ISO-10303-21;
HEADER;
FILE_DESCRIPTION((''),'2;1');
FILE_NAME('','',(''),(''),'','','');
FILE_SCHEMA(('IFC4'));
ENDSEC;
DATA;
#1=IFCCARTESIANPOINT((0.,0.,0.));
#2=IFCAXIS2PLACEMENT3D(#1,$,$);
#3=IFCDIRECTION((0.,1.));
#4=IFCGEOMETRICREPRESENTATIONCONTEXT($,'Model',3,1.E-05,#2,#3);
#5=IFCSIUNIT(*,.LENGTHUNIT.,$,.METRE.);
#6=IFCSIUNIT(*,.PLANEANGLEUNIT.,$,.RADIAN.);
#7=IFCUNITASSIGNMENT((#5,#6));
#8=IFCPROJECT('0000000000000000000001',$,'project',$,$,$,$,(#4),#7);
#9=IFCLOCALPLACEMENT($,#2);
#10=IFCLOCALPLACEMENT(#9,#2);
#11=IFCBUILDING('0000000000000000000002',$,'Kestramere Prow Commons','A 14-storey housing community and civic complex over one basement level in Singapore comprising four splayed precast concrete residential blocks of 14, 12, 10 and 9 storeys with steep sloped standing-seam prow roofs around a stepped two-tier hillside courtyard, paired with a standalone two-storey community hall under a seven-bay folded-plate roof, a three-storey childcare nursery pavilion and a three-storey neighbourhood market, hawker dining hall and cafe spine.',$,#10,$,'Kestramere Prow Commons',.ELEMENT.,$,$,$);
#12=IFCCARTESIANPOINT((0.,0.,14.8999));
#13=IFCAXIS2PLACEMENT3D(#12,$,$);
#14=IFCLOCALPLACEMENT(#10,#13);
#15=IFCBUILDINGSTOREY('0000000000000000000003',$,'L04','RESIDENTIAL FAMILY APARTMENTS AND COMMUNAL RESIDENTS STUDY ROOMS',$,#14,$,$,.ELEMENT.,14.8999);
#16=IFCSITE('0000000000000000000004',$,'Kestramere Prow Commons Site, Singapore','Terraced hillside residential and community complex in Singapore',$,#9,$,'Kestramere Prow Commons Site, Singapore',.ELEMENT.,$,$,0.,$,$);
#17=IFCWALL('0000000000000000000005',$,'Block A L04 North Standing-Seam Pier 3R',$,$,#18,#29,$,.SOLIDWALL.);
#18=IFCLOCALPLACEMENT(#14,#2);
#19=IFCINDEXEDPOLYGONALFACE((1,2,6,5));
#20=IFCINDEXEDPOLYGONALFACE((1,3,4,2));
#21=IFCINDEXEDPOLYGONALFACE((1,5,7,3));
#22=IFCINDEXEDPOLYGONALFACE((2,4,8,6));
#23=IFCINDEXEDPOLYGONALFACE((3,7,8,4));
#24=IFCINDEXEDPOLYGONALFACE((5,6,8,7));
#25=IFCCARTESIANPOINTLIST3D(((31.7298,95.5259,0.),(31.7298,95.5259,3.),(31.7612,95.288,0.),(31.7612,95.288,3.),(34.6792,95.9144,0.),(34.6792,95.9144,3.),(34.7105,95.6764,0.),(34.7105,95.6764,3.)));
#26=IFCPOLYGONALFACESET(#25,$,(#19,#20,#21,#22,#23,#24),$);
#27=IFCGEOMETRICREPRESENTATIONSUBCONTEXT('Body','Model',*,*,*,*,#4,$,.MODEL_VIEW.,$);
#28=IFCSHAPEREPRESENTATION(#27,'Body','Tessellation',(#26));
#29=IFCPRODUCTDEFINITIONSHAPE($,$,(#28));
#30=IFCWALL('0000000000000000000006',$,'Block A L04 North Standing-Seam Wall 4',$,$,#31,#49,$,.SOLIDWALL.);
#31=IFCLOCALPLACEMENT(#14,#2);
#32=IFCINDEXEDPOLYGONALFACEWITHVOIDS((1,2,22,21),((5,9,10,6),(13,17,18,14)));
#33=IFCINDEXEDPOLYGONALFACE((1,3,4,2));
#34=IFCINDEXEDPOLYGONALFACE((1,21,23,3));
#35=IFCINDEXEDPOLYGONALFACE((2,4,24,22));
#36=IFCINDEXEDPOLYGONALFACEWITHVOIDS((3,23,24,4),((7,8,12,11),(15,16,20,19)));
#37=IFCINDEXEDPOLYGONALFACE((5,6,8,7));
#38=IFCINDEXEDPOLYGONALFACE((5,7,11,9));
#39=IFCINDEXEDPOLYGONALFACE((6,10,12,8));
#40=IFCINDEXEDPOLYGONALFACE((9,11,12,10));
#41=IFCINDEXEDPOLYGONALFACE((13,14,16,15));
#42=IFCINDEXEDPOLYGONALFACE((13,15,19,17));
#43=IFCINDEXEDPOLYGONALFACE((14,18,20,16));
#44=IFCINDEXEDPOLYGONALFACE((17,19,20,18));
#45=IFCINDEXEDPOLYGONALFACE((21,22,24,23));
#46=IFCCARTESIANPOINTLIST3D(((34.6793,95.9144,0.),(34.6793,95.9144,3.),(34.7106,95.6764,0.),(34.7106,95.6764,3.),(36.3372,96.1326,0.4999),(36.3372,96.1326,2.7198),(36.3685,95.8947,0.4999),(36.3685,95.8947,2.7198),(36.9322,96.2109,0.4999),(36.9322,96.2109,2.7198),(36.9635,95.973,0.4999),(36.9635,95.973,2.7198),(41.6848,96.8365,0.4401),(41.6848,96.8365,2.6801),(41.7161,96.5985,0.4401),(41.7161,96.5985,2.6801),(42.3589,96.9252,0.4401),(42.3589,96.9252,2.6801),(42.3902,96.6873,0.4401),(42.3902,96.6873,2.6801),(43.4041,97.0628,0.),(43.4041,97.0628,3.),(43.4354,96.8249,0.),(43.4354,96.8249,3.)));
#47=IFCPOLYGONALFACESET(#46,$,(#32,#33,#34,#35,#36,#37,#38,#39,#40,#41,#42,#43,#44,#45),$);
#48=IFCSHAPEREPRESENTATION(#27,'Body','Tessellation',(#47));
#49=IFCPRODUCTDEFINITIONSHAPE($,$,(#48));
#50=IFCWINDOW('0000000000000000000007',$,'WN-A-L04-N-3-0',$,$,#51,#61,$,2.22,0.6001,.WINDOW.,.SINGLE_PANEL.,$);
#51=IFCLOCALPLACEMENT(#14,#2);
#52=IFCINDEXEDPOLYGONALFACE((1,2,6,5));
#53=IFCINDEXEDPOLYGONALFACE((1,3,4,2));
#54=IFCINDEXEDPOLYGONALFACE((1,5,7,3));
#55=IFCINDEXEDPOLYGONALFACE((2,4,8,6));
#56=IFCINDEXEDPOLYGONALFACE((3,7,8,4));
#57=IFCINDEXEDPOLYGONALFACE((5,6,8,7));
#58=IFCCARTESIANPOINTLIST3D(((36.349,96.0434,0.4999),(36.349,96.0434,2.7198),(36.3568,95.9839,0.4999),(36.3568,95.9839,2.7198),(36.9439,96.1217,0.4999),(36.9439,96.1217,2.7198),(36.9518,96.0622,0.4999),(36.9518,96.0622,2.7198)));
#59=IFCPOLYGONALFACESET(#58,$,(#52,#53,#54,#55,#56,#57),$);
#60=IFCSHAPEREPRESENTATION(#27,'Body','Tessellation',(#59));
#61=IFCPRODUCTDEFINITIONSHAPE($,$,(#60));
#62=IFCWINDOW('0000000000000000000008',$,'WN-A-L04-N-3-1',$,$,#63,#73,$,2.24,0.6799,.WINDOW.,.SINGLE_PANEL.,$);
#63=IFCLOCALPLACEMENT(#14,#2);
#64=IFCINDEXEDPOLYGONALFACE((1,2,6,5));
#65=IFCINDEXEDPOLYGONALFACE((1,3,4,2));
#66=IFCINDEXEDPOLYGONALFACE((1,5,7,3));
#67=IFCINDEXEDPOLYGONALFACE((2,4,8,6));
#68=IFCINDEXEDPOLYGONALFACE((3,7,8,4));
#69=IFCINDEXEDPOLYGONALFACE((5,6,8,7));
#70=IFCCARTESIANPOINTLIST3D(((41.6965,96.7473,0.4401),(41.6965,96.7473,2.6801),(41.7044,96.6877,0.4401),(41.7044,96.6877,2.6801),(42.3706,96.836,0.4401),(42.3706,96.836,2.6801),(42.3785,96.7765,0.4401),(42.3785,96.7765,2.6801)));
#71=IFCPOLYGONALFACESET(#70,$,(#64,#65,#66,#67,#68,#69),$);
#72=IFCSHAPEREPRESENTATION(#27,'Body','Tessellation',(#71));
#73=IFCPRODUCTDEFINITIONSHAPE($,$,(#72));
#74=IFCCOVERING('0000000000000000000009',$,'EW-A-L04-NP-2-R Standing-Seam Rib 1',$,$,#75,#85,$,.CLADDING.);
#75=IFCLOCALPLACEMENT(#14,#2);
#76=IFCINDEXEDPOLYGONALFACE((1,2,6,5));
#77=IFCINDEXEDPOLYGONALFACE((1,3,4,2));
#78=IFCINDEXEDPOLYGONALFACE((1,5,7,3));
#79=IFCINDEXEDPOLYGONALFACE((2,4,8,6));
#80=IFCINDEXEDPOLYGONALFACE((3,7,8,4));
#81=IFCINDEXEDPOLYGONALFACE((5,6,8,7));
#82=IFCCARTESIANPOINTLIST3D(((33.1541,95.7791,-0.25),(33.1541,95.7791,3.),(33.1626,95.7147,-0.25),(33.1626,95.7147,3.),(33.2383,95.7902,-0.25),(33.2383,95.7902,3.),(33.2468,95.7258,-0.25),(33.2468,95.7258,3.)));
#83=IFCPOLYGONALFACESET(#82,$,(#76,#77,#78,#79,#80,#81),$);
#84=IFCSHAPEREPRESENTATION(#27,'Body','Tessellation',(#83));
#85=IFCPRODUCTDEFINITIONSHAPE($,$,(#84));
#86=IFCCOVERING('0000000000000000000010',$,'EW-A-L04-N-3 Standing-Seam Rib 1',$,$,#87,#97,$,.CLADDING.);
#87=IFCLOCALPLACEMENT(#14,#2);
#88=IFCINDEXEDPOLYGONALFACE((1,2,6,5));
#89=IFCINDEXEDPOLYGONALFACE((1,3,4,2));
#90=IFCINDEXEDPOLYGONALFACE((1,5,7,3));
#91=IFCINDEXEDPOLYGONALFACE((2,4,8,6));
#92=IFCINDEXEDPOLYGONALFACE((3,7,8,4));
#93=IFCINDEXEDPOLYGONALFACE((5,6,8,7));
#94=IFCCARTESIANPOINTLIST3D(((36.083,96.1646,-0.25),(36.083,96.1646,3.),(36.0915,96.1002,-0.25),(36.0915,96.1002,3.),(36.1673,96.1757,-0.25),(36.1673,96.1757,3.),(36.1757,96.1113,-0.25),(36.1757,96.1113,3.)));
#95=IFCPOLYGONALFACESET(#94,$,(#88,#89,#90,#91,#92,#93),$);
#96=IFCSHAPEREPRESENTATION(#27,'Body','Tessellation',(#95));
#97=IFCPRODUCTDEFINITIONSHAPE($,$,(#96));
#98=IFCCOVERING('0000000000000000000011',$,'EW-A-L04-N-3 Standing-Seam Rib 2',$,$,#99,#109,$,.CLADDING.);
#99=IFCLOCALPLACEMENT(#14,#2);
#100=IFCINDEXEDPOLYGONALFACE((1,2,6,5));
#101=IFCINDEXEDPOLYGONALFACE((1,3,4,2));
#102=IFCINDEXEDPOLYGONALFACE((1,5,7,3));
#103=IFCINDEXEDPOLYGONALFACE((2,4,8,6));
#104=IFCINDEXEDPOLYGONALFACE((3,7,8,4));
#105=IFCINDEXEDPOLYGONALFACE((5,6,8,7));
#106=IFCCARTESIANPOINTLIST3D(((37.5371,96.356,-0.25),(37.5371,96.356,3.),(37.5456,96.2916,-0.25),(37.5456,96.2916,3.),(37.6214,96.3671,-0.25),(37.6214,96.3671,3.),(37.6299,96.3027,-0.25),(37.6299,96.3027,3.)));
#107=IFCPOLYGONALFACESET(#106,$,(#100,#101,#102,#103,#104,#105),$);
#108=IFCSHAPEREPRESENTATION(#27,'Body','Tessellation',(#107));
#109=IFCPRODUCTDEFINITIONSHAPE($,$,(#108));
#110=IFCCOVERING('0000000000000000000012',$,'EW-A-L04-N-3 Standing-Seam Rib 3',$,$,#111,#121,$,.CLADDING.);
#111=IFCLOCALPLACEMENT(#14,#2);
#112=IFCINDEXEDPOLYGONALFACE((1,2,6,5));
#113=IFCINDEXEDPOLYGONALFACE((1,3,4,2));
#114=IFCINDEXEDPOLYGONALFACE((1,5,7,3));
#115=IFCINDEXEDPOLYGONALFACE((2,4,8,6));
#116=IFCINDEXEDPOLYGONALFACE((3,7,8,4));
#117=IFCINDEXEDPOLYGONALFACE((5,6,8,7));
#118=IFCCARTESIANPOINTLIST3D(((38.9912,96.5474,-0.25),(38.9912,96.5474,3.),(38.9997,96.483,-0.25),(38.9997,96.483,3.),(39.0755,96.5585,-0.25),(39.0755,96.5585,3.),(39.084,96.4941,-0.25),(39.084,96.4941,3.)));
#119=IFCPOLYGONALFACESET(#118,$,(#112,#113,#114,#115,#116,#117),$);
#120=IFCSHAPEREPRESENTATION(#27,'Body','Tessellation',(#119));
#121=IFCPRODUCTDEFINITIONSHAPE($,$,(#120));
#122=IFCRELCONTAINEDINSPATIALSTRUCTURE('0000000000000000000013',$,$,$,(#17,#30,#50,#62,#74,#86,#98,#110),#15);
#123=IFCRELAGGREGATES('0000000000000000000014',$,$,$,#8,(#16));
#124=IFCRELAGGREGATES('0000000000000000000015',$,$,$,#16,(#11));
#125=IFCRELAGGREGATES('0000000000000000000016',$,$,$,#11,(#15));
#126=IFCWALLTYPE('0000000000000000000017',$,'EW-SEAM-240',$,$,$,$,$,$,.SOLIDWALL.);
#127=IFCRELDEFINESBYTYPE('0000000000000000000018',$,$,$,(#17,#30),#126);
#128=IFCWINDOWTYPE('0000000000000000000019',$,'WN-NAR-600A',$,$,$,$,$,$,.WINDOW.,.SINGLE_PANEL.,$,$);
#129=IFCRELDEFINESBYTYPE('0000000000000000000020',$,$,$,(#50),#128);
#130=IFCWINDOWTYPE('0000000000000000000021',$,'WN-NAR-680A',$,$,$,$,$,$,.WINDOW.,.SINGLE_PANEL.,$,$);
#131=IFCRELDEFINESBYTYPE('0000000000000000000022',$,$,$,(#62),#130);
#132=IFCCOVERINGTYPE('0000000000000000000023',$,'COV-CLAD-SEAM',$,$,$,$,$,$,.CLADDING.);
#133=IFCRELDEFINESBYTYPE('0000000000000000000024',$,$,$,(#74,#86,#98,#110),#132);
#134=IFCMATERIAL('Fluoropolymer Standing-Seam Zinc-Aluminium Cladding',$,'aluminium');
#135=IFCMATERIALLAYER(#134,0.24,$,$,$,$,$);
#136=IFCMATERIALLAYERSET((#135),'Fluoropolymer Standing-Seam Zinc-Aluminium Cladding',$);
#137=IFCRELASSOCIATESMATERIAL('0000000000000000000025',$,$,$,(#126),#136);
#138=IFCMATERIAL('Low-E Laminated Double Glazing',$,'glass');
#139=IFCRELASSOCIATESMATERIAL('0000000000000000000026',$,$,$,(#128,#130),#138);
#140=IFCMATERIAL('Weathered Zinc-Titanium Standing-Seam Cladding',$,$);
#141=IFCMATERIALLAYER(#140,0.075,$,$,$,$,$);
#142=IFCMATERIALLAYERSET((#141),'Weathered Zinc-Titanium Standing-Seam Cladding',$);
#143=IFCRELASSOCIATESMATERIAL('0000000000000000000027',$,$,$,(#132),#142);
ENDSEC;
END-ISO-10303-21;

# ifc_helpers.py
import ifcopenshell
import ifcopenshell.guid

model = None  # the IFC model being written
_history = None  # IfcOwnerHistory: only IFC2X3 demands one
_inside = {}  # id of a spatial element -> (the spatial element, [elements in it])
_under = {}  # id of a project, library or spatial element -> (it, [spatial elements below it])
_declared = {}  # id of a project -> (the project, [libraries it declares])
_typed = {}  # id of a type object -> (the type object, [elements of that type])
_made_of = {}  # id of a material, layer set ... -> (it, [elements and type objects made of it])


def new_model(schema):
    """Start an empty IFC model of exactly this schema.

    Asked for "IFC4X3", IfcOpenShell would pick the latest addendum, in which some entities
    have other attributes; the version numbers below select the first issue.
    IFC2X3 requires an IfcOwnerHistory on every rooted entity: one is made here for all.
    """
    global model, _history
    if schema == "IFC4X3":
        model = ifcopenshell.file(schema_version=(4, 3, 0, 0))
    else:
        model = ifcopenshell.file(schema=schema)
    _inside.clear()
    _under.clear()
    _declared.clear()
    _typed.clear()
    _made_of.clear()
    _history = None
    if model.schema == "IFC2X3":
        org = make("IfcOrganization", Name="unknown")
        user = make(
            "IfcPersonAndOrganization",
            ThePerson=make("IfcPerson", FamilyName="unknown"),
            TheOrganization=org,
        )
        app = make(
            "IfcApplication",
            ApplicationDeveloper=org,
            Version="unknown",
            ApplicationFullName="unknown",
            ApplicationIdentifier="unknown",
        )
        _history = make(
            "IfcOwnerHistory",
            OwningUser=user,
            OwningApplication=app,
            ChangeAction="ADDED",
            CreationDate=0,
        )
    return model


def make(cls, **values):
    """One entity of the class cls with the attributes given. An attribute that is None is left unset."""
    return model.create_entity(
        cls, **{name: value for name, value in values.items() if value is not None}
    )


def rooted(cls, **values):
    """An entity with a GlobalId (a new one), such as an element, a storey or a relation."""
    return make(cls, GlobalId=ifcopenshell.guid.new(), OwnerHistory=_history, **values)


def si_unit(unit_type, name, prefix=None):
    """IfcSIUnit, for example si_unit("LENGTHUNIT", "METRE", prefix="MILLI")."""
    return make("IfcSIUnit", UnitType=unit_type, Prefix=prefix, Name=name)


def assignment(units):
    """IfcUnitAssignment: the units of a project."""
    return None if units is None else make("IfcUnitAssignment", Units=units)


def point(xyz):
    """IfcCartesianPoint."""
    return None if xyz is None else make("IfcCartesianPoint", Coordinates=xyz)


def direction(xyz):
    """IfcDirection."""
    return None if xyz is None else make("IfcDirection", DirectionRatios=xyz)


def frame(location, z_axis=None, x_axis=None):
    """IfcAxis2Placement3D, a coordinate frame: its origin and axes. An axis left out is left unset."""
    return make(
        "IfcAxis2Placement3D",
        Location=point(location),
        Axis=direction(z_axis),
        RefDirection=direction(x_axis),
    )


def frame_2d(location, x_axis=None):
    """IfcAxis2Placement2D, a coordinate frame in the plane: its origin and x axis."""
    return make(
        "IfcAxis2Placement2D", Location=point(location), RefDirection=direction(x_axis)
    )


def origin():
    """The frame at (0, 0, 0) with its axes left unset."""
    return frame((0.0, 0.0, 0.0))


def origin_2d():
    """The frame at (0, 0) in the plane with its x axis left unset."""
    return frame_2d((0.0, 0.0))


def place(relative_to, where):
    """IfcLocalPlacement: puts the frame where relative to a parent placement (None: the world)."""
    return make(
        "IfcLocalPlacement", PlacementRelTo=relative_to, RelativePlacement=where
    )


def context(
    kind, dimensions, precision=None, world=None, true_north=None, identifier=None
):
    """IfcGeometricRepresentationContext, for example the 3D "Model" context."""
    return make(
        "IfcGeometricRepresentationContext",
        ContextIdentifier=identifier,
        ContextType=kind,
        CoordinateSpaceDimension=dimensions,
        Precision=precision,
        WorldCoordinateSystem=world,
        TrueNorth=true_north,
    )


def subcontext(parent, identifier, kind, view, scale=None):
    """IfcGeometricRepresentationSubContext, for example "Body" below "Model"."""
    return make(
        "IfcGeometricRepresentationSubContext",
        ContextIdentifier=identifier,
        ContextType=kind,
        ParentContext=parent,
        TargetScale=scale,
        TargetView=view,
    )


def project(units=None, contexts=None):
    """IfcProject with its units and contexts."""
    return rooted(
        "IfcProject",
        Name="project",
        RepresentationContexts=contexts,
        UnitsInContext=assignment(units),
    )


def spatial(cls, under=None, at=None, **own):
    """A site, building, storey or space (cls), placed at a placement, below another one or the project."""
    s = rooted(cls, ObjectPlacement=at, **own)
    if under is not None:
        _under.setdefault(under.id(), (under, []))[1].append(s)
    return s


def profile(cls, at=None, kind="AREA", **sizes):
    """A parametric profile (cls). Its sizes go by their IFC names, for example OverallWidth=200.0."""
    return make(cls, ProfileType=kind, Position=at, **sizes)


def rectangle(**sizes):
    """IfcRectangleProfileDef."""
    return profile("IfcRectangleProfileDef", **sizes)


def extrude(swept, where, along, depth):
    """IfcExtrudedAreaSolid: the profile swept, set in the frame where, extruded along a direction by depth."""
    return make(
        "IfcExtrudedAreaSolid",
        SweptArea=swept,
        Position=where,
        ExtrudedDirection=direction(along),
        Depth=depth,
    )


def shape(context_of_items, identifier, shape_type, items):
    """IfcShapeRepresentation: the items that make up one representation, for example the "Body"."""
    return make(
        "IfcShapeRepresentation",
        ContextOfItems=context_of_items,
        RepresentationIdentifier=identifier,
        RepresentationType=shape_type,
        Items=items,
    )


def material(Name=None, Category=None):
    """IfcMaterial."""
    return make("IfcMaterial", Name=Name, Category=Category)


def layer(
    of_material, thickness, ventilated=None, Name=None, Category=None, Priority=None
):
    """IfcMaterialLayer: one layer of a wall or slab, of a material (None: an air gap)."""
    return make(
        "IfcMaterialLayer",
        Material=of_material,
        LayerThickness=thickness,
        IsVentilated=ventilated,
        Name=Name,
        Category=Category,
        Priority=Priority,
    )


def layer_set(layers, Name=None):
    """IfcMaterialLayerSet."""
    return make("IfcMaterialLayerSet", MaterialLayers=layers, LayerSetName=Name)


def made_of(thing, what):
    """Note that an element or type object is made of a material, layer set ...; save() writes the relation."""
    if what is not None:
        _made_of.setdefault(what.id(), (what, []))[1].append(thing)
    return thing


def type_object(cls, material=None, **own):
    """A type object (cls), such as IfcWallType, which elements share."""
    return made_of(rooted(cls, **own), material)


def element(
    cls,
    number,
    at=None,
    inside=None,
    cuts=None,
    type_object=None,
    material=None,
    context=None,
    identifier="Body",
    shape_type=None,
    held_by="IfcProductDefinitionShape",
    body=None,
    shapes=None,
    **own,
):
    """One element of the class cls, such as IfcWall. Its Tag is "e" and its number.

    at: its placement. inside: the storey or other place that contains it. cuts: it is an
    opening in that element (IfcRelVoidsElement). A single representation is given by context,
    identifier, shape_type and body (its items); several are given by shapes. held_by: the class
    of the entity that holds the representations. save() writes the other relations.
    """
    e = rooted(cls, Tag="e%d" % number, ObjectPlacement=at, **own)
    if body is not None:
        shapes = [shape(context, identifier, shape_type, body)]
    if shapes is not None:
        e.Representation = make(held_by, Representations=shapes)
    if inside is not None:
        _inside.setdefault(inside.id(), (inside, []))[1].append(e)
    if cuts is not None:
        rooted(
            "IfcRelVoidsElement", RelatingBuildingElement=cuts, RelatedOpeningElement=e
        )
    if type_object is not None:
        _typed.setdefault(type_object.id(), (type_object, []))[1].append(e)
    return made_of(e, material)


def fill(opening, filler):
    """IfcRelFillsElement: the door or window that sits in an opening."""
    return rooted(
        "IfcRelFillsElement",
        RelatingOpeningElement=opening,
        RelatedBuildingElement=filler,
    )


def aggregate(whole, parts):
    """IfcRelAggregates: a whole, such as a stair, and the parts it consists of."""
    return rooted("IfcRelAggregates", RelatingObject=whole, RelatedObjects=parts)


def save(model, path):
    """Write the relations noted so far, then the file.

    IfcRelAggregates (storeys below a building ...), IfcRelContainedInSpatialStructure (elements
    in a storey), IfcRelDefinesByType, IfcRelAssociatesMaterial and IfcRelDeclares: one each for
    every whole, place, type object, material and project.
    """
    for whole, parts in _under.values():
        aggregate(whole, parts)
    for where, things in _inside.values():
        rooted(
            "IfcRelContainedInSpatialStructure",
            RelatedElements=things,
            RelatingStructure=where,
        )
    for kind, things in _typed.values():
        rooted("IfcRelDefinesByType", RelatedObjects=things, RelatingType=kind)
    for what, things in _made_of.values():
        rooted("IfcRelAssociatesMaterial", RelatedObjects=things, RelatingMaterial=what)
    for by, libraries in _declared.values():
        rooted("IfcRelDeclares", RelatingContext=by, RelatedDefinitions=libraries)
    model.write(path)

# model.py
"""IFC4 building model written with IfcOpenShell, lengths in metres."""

from ifc_helpers import new_model, si_unit, direction, frame, frame_2d, origin, origin_2d, place, context, subcontext, project, spatial, rectangle, extrude, material, layer, layer_set, type_object, element, fill, save


model = new_model("IFC4")

# Units and contexts
model_context = context("Model", 3, precision=1e-05, world=origin(), true_north=direction((0.0, 1.0)))
body_context = subcontext(model_context, "Body", "Model", "MODEL_VIEW")
ifc_project = project(units=[si_unit("LENGTHUNIT", "METRE"), si_unit("PLANEANGLEUNIT", "RADIAN")], contexts=[model_context])

# Site, building, storey
site_placement = place(None, origin())
site = spatial("IfcSite", under=ifc_project, at=site_placement, Name="Kestramere Prow Commons Site, Singapore", Description="Terraced hillside residential and community complex in Singapore", LongName="Kestramere Prow Commons Site, Singapore", CompositionType="ELEMENT", RefElevation=0.0)
building_placement = place(site_placement, origin())
building = spatial("IfcBuilding", under=site, at=building_placement, Name="Kestramere Prow Commons", Description="A 14-storey housing community and civic complex over one basement level in Singapore comprising four splayed precast concrete residential blocks of 14, 12, 10 and 9 storeys with steep sloped standing-seam prow roofs around a stepped two-tier hillside courtyard, paired with a standalone two-storey community hall under a seven-bay folded-plate roof, a three-storey childcare nursery pavilion and a three-storey neighbourhood market, hawker dining hall and cafe spine.", LongName="Kestramere Prow Commons", CompositionType="ELEMENT")
storey_placement = place(building_placement, frame((0.0, 0.0, 14.8999)))
storey = spatial("IfcBuildingStorey", under=building, at=storey_placement, Name="L04", Description="RESIDENTIAL FAMILY APARTMENTS AND COMMUNAL RESIDENTS STUDY ROOMS", CompositionType="ELEMENT", Elevation=14.8999)

# Shared definitions
ifc_material_1 = material(Name="Low-E Laminated Double Glazing", Category="glass")

# Wall
ifc_material_2 = material(Name="Fluoropolymer Standing-Seam Zinc-Aluminium Cladding", Category="aluminium")
ifc_layer_1 = layer(ifc_material_2, 0.24)
ifc_layer_set_1 = layer_set([ifc_layer_1], Name="Fluoropolymer Standing-Seam Zinc-Aluminium Cladding")
wall_type = type_object("IfcWallType", Name="EW-SEAM-240", PredefinedType="SOLIDWALL", material=ifc_layer_set_1)
wall_1_placement = place(storey_placement, frame((31.7456, 95.407, 0.0), z_axis=(0.0, 0.0, 1.0), x_axis=(0.991439, 0.130567, 0.0)))
element("IfcWall", 1, at=wall_1_placement, inside=storey, type_object=wall_type, Name="Block A L04 North Standing-Seam Pier 3R", PredefinedType="SOLIDWALL", context=body_context, shape_type="SweptSolid", body=[
    extrude(rectangle(XDim=2.9749, YDim=0.24, at=frame_2d((1.4873, 0.0))), origin(), (0.0, 0.0, 1.0), 3.0),
])

# Wall, openings, windows
wall_2_placement = place(storey_placement, frame((34.6951, 95.7954, 0.0), z_axis=(0.0, 0.0, 1.0), x_axis=(0.991448, 0.130503, 0.0)))
wall_2 = element("IfcWall", 2, at=wall_2_placement, inside=storey, type_object=wall_type, Name="Block A L04 North Standing-Seam Wall 4", PredefinedType="SOLIDWALL", context=body_context, shape_type="SweptSolid", body=[
    extrude(rectangle(XDim=8.8, YDim=0.24, at=frame_2d((4.3999, 0.0))), origin(), (0.0, 0.0, 1.0), 3.0),
])
opening_1_placement = place(wall_2_placement, frame((1.6721, 0.0, 0.5)))
opening_1 = element("IfcOpeningElement", 3, at=opening_1_placement, cuts=wall_2, PredefinedType="OPENING", context=body_context, shape_type="SweptSolid", body=[
    extrude(rectangle(XDim=0.6001, YDim=2.22, at=frame_2d((0.3, 1.1099))), frame((0.0, 0.135, 0.0), z_axis=(0.0, -1.0, 0.0), x_axis=(1.0, 0.0, 0.0)), (0.0, 0.0, 1.0), 0.27),
])
opening_2_placement = place(wall_2_placement, frame((7.0659, 0.0, 0.4399)))
opening_2 = element("IfcOpeningElement", 4, at=opening_2_placement, cuts=wall_2, PredefinedType="OPENING", context=body_context, shape_type="SweptSolid", body=[
    extrude(rectangle(XDim=0.6799, YDim=2.24, at=frame_2d((0.3398, 1.1201))), frame((0.0, 0.135, 0.0), z_axis=(0.0, -1.0, 0.0), x_axis=(1.0, 0.0, 0.0)), (0.0, 0.0, 1.0), 0.27),
])
window_type_1 = type_object("IfcWindowType", Name="WN-NAR-600A", PartitioningType="SINGLE_PANEL", PredefinedType="WINDOW", material=ifc_material_1)
window_1_placement = place(opening_1_placement, origin())
window_1 = element("IfcWindow", 5, at=window_1_placement, inside=storey, type_object=window_type_1, Name="WN-A-L04-N-3-0", OverallHeight=2.22, OverallWidth=0.6001, PartitioningType="SINGLE_PANEL", PredefinedType="WINDOW", context=body_context, shape_type="SweptSolid", body=[
    extrude(rectangle(XDim=0.6001, YDim=2.22, at=frame_2d((0.3, 1.1099))), frame((0.0, 0.03, 0.0), z_axis=(0.0, -1.0, 0.0), x_axis=(1.0, 0.0, 0.0)), (0.0, 0.0, 1.0), 0.0601),
])
fill(opening_1, window_1)
window_type_2 = type_object("IfcWindowType", Name="WN-NAR-680A", PartitioningType="SINGLE_PANEL", PredefinedType="WINDOW", material=ifc_material_1)
window_2_placement = place(opening_2_placement, origin())
window_2 = element("IfcWindow", 6, at=window_2_placement, inside=storey, type_object=window_type_2, Name="WN-A-L04-N-3-1", OverallHeight=2.24, OverallWidth=0.6799, PartitioningType="SINGLE_PANEL", PredefinedType="WINDOW", context=body_context, shape_type="SweptSolid", body=[
    extrude(rectangle(XDim=0.6799, YDim=2.24, at=frame_2d((0.3398, 1.1201))), frame((0.0, 0.03, 0.0), z_axis=(0.0, -1.0, 0.0), x_axis=(1.0, 0.0, 0.0)), (0.0, 0.0, 1.0), 0.0601),
])
fill(opening_2, window_2)

# Coverings
ifc_material_3 = material(Name="Weathered Zinc-Titanium Standing-Seam Cladding")
ifc_layer_2 = layer(ifc_material_3, 0.075)
ifc_layer_set_2 = layer_set([ifc_layer_2], Name="Weathered Zinc-Titanium Standing-Seam Cladding")
covering_type = type_object("IfcCoveringType", Name="COV-CLAD-SEAM", PredefinedType="CLADDING", material=ifc_layer_set_2)
for number, where, z_axis, x_axis, name in (
    (7, (33.2004, 95.7524, -0.25), (0.0, 0.0, 1.0), (0.991445, 0.130526, 0.0), "EW-A-L04-NP-2-R Standing-Seam Rib 1"),
    (8, (36.1294, 96.1379, -0.25), (0.0, 0.0, 1.0), (0.991445, 0.130526, 0.0), "EW-A-L04-N-3 Standing-Seam Rib 1"),
    (9, (37.5835, 96.3293, -0.25), (0.0, 0.0, 1.0), (0.991445, 0.130526, 0.0), "EW-A-L04-N-3 Standing-Seam Rib 2"),
    (10, (39.0376, 96.5208, -0.25), (0.0, 0.0, 1.0), (0.991445, 0.130526, 0.0), "EW-A-L04-N-3 Standing-Seam Rib 3"),
):
    element("IfcCovering", number, at=place(storey_placement, frame(where, z_axis=z_axis, x_axis=x_axis)), inside=storey, type_object=covering_type, Name=name, PredefinedType="CLADDING", context=body_context, shape_type="SweptSolid", body=[
        extrude(rectangle(XDim=0.085, YDim=0.0649, at=origin_2d()), origin(), (0.0, 0.0, 1.0), 3.25),
    ])

save(model, "model.ifc")
